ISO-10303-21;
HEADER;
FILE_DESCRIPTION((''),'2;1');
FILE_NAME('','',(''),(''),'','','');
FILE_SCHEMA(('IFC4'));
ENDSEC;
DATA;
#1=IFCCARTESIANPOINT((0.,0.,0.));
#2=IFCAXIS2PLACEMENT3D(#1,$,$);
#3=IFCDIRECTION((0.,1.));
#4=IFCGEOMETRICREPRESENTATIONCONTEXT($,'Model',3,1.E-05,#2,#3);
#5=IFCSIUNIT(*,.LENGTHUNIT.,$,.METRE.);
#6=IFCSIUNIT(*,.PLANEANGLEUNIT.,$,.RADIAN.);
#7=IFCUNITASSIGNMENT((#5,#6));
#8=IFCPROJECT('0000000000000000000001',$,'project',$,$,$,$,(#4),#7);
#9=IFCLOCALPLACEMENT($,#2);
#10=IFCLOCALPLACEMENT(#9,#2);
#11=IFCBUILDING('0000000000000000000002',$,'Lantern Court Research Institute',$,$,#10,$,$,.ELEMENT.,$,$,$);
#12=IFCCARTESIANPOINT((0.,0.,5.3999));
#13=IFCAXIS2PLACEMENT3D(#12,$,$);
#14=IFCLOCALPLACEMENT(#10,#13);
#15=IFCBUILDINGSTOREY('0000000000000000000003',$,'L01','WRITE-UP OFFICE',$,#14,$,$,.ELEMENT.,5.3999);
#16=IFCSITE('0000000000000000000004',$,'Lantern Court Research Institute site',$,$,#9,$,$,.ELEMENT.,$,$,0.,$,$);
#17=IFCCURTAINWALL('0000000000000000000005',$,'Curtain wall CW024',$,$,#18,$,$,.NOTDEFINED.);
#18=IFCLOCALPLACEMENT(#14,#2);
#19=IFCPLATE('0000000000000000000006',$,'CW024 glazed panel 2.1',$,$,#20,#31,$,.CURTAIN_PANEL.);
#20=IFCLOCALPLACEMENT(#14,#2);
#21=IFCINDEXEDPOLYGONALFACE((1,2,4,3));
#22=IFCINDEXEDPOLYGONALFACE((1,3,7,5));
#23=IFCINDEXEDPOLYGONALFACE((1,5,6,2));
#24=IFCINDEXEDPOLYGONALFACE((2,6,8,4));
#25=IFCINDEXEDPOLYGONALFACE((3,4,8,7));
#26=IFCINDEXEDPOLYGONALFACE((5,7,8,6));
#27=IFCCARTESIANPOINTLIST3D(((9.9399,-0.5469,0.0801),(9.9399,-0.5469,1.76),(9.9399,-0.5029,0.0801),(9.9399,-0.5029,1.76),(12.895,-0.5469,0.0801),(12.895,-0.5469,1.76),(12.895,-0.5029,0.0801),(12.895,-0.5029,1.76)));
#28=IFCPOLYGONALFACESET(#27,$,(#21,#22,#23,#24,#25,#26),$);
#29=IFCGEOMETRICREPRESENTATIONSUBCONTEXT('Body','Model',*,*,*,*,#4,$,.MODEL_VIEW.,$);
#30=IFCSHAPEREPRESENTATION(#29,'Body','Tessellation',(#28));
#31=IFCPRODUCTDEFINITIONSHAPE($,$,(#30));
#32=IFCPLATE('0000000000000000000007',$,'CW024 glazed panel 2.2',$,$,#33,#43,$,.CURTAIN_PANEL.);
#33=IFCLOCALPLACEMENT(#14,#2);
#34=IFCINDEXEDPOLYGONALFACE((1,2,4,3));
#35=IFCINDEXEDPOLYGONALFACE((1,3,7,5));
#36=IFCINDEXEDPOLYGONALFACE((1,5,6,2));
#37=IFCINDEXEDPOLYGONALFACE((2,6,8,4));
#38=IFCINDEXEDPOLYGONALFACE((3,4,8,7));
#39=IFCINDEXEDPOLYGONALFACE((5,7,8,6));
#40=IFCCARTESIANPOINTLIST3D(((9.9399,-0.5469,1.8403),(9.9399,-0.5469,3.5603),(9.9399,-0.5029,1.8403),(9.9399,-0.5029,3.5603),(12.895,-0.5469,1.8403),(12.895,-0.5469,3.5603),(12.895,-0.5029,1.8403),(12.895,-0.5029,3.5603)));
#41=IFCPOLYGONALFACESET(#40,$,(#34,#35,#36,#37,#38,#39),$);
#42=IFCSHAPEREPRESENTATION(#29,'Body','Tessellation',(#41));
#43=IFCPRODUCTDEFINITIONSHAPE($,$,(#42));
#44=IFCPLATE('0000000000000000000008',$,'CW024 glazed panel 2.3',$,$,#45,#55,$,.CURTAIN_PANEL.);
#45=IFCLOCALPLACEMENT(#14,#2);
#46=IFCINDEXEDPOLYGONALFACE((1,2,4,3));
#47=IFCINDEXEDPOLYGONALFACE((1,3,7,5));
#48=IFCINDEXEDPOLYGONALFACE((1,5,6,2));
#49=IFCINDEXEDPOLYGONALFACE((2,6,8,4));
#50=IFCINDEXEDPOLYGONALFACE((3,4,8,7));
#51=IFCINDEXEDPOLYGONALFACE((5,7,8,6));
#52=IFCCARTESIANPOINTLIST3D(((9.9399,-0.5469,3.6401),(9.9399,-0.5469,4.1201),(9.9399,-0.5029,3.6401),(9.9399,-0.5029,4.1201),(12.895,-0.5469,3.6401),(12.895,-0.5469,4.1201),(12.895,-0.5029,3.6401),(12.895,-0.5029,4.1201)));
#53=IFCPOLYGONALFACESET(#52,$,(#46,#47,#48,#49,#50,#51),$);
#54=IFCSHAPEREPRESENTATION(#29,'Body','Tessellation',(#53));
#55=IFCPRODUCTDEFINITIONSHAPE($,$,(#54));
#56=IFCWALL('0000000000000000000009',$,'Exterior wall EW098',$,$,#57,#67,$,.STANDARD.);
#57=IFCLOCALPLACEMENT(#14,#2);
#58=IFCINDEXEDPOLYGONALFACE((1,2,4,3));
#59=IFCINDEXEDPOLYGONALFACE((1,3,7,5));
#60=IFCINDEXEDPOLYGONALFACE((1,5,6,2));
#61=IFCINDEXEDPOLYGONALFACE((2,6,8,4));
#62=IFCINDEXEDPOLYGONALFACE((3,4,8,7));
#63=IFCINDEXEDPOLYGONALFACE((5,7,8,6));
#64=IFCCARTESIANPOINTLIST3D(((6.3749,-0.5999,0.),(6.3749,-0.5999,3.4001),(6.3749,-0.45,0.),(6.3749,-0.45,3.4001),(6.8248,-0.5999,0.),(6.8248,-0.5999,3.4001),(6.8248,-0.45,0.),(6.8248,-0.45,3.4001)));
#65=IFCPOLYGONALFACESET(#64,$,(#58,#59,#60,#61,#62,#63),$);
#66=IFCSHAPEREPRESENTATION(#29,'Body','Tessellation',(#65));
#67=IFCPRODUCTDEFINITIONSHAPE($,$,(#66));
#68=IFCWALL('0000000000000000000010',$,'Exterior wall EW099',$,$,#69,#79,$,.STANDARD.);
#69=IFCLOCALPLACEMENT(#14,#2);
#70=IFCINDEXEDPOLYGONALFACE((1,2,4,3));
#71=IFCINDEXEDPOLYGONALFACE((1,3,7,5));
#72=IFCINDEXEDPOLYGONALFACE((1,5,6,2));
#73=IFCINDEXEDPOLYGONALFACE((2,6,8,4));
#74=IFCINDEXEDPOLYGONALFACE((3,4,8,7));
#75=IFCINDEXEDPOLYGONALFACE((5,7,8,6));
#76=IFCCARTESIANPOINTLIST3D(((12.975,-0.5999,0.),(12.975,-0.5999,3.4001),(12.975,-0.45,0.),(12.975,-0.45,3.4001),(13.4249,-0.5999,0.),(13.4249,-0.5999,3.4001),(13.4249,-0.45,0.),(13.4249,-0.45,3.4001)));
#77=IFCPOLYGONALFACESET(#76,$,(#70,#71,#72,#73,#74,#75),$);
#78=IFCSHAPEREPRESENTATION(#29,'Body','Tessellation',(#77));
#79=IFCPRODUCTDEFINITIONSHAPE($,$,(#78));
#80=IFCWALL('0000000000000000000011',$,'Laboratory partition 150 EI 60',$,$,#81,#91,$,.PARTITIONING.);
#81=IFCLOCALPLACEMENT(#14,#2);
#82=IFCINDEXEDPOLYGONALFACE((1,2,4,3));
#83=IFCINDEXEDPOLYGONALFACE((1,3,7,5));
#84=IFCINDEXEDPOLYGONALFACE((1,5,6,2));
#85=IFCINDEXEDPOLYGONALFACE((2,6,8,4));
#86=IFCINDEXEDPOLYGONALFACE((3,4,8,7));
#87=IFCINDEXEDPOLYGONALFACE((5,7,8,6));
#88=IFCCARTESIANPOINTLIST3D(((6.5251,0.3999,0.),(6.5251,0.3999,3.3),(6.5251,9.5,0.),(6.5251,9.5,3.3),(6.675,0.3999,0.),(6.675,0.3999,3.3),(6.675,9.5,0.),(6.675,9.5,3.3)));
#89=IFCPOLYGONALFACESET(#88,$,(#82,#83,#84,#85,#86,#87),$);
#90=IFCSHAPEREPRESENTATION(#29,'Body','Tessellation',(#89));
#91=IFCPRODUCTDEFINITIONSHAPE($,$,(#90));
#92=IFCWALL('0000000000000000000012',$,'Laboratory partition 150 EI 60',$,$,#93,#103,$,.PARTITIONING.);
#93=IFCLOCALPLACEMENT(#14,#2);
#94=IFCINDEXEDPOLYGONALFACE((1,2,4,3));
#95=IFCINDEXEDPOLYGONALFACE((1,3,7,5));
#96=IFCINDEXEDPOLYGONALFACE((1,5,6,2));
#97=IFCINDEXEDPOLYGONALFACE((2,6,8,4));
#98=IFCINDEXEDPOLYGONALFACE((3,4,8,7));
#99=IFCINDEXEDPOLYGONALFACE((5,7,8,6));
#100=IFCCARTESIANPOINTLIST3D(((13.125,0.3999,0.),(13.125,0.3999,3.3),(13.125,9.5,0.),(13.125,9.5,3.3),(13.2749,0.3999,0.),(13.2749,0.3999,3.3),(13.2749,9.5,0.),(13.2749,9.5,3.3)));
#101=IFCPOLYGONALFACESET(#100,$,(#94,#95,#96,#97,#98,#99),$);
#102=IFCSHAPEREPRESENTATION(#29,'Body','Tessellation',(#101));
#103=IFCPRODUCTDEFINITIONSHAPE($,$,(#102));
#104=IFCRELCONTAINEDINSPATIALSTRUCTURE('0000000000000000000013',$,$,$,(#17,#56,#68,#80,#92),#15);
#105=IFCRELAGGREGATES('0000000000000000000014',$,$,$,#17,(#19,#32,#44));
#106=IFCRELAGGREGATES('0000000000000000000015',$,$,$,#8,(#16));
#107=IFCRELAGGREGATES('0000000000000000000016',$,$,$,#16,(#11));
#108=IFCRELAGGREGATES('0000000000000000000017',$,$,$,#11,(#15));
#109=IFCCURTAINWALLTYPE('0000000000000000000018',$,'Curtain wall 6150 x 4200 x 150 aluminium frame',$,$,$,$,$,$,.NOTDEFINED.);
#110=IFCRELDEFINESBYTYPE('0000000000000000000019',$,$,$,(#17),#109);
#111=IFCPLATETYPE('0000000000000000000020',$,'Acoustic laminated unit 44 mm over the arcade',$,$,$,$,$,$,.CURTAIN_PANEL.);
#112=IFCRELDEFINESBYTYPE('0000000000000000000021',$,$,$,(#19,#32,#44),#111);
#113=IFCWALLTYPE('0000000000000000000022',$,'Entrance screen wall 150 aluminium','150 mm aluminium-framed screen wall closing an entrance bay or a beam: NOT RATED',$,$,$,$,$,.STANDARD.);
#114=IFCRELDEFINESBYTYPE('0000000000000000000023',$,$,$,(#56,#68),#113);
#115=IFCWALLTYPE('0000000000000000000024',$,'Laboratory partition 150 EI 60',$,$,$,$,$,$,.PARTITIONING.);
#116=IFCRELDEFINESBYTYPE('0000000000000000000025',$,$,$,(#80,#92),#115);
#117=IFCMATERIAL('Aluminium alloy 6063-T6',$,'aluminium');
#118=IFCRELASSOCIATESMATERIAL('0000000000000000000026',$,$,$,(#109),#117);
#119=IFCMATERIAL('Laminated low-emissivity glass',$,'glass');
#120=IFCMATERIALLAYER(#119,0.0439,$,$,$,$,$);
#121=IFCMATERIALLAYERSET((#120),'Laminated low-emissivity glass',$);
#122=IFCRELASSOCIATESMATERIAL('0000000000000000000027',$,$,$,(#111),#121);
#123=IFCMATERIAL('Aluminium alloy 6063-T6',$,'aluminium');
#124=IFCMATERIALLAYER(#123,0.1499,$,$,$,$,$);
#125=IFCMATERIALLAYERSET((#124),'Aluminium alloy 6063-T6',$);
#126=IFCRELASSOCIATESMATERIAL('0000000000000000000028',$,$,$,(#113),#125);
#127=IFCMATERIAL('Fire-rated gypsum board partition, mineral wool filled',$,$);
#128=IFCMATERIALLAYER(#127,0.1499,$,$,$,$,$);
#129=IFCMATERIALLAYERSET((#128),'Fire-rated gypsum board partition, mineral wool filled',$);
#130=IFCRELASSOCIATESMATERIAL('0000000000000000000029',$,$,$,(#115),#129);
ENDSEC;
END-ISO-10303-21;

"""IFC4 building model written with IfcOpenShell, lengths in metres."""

from ifc_helpers import new_model, si_unit, direction, frame, frame_2d, origin, origin_2d, place, context, subcontext, project, spatial, rectangle, extrude, material, layer, layer_set, type_object, element, aggregate, save


model = new_model("IFC4")

# Units and contexts
model_context = context("Model", 3, precision=1e-05, world=origin(), true_north=direction((0.0, 1.0)))
body_context = subcontext(model_context, "Body", "Model", "MODEL_VIEW")
ifc_project = project(units=[si_unit("LENGTHUNIT", "METRE"), si_unit("PLANEANGLEUNIT", "RADIAN")], contexts=[model_context])

# Site, building, storey
site_placement = place(None, origin())
site = spatial("IfcSite", under=ifc_project, at=site_placement, Name="Lantern Court Research Institute site", CompositionType="ELEMENT", RefElevation=0.0)
building_placement = place(site_placement, origin())
building = spatial("IfcBuilding", under=site, at=building_placement, Name="Lantern Court Research Institute", CompositionType="ELEMENT")
storey_placement = place(building_placement, frame((0.0, 0.0, 5.3999)))
storey = spatial("IfcBuildingStorey", under=building, at=storey_placement, Name="L01", Description="WRITE-UP OFFICE", CompositionType="ELEMENT", Elevation=5.3999)

# Curtain wall
ifc_material_1 = material(Name="Aluminium alloy 6063-T6", Category="aluminium")
curtain_wall_type = type_object("IfcCurtainWallType", Name="Curtain wall 6150 x 4200 x 150 aluminium frame", PredefinedType="NOTDEFINED", material=ifc_material_1)
curtain_wall_1_placement = place(storey_placement, origin())
curtain_wall_1 = element("IfcCurtainWall", 1, at=curtain_wall_1_placement, inside=storey, type_object=curtain_wall_type, Name="Curtain wall CW024", PredefinedType="NOTDEFINED")

# Plates
ifc_material_2 = material(Name="Laminated low-emissivity glass", Category="glass")
ifc_layer_1 = layer(ifc_material_2, 0.0439)
ifc_layer_set_1 = layer_set([ifc_layer_1], Name="Laminated low-emissivity glass")
plate_type = type_object("IfcPlateType", Name="Acoustic laminated unit 44 mm over the arcade", PredefinedType="CURTAIN_PANEL", material=ifc_layer_set_1)
plate_1_placement = place(storey_placement, frame((11.4175, -0.5249, 0.0801), z_axis=(0.0, 0.0, 1.0), x_axis=(-1.0, 0.0, 0.0)))
plate_1 = element("IfcPlate", 2, at=plate_1_placement, type_object=plate_type, Name="CW024 glazed panel 2.1", PredefinedType="CURTAIN_PANEL", context=body_context, shape_type="SweptSolid", body=[
    extrude(rectangle(XDim=2.9551, YDim=0.0439, at=origin_2d()), origin(), (0.0, 0.0, 1.0), 1.6799),
])
plate_2_placement = place(storey_placement, frame((11.4175, -0.5249, 1.8403), z_axis=(0.0, 0.0, 1.0), x_axis=(-1.0, 0.0, 0.0)))
plate_2 = element("IfcPlate", 3, at=plate_2_placement, type_object=plate_type, Name="CW024 glazed panel 2.2", PredefinedType="CURTAIN_PANEL", context=body_context, shape_type="SweptSolid", body=[
    extrude(rectangle(XDim=2.9551, YDim=0.0439, at=origin_2d()), origin(), (0.0, 0.0, 1.0), 1.72),
])
plate_3_placement = place(storey_placement, frame((11.4175, -0.5249, 3.6401), z_axis=(0.0, 0.0, 1.0), x_axis=(-1.0, 0.0, 0.0)))
plate_3 = element("IfcPlate", 4, at=plate_3_placement, type_object=plate_type, Name="CW024 glazed panel 2.3", PredefinedType="CURTAIN_PANEL", context=body_context, shape_type="SweptSolid", body=[
    extrude(rectangle(XDim=2.9551, YDim=0.0439, at=origin_2d()), origin(), (0.0, 0.0, 1.0), 0.48),
])
aggregate(curtain_wall_1, [plate_1, plate_2, plate_3])

# Walls
ifc_material_3 = material(Name="Aluminium alloy 6063-T6", Category="aluminium")
ifc_layer_2 = layer(ifc_material_3, 0.1499)
ifc_layer_set_2 = layer_set([ifc_layer_2], Name="Aluminium alloy 6063-T6")
wall_type_1 = type_object("IfcWallType", Name="Entrance screen wall 150 aluminium", Description="150 mm aluminium-framed screen wall closing an entrance bay or a beam: NOT RATED", PredefinedType="STANDARD", material=ifc_layer_set_2)
for number, where, z_axis, x_axis, name in (
    (5, (6.825, -0.5249, 0.0), (0.0, 0.0, 1.0), (-1.0, 0.0, 0.0), "Exterior wall EW098"),
    (6, (13.425, -0.5249, 0.0), (0.0, 0.0, 1.0), (-1.0, 0.0, 0.0), "Exterior wall EW099"),
):
    element("IfcWall", number, at=place(storey_placement, frame(where, z_axis=z_axis, x_axis=x_axis)), inside=storey, type_object=wall_type_1, Name=name, PredefinedType="STANDARD", context=body_context, shape_type="SweptSolid", body=[
        extrude(rectangle(XDim=0.45, YDim=0.1499, at=frame_2d((0.2251, 0.0))), origin(), (0.0, 0.0, 1.0), 3.4001),
    ])
ifc_material_4 = material(Name="Fire-rated gypsum board partition, mineral wool filled")
ifc_layer_3 = layer(ifc_material_4, 0.1499)
ifc_layer_set_3 = layer_set([ifc_layer_3], Name="Fire-rated gypsum board partition, mineral wool filled")
wall_type_2 = type_object("IfcWallType", Name="Laboratory partition 150 EI 60", PredefinedType="PARTITIONING", material=ifc_layer_set_3)
for number, where, z_axis, x_axis, name in (
    (7, (6.6001, 0.3999, 0.0), (0.0, 0.0, 1.0), (0.0, 1.0, 0.0), "Laboratory partition 150 EI 60"),
    (8, (13.2, 0.3999, 0.0), (0.0, 0.0, 1.0), (0.0, 1.0, 0.0), "Laboratory partition 150 EI 60"),
):
    element("IfcWall", number, at=place(storey_placement, frame(where, z_axis=z_axis, x_axis=x_axis)), inside=storey, type_object=wall_type_2, Name=name, PredefinedType="PARTITIONING", context=body_context, shape_type="SweptSolid", body=[
        extrude(rectangle(XDim=9.1001, YDim=0.1499, at=frame_2d((4.55, 0.0))), origin(), (0.0, 0.0, 1.0), 3.3),
    ])

save(model, "model.ifc")
